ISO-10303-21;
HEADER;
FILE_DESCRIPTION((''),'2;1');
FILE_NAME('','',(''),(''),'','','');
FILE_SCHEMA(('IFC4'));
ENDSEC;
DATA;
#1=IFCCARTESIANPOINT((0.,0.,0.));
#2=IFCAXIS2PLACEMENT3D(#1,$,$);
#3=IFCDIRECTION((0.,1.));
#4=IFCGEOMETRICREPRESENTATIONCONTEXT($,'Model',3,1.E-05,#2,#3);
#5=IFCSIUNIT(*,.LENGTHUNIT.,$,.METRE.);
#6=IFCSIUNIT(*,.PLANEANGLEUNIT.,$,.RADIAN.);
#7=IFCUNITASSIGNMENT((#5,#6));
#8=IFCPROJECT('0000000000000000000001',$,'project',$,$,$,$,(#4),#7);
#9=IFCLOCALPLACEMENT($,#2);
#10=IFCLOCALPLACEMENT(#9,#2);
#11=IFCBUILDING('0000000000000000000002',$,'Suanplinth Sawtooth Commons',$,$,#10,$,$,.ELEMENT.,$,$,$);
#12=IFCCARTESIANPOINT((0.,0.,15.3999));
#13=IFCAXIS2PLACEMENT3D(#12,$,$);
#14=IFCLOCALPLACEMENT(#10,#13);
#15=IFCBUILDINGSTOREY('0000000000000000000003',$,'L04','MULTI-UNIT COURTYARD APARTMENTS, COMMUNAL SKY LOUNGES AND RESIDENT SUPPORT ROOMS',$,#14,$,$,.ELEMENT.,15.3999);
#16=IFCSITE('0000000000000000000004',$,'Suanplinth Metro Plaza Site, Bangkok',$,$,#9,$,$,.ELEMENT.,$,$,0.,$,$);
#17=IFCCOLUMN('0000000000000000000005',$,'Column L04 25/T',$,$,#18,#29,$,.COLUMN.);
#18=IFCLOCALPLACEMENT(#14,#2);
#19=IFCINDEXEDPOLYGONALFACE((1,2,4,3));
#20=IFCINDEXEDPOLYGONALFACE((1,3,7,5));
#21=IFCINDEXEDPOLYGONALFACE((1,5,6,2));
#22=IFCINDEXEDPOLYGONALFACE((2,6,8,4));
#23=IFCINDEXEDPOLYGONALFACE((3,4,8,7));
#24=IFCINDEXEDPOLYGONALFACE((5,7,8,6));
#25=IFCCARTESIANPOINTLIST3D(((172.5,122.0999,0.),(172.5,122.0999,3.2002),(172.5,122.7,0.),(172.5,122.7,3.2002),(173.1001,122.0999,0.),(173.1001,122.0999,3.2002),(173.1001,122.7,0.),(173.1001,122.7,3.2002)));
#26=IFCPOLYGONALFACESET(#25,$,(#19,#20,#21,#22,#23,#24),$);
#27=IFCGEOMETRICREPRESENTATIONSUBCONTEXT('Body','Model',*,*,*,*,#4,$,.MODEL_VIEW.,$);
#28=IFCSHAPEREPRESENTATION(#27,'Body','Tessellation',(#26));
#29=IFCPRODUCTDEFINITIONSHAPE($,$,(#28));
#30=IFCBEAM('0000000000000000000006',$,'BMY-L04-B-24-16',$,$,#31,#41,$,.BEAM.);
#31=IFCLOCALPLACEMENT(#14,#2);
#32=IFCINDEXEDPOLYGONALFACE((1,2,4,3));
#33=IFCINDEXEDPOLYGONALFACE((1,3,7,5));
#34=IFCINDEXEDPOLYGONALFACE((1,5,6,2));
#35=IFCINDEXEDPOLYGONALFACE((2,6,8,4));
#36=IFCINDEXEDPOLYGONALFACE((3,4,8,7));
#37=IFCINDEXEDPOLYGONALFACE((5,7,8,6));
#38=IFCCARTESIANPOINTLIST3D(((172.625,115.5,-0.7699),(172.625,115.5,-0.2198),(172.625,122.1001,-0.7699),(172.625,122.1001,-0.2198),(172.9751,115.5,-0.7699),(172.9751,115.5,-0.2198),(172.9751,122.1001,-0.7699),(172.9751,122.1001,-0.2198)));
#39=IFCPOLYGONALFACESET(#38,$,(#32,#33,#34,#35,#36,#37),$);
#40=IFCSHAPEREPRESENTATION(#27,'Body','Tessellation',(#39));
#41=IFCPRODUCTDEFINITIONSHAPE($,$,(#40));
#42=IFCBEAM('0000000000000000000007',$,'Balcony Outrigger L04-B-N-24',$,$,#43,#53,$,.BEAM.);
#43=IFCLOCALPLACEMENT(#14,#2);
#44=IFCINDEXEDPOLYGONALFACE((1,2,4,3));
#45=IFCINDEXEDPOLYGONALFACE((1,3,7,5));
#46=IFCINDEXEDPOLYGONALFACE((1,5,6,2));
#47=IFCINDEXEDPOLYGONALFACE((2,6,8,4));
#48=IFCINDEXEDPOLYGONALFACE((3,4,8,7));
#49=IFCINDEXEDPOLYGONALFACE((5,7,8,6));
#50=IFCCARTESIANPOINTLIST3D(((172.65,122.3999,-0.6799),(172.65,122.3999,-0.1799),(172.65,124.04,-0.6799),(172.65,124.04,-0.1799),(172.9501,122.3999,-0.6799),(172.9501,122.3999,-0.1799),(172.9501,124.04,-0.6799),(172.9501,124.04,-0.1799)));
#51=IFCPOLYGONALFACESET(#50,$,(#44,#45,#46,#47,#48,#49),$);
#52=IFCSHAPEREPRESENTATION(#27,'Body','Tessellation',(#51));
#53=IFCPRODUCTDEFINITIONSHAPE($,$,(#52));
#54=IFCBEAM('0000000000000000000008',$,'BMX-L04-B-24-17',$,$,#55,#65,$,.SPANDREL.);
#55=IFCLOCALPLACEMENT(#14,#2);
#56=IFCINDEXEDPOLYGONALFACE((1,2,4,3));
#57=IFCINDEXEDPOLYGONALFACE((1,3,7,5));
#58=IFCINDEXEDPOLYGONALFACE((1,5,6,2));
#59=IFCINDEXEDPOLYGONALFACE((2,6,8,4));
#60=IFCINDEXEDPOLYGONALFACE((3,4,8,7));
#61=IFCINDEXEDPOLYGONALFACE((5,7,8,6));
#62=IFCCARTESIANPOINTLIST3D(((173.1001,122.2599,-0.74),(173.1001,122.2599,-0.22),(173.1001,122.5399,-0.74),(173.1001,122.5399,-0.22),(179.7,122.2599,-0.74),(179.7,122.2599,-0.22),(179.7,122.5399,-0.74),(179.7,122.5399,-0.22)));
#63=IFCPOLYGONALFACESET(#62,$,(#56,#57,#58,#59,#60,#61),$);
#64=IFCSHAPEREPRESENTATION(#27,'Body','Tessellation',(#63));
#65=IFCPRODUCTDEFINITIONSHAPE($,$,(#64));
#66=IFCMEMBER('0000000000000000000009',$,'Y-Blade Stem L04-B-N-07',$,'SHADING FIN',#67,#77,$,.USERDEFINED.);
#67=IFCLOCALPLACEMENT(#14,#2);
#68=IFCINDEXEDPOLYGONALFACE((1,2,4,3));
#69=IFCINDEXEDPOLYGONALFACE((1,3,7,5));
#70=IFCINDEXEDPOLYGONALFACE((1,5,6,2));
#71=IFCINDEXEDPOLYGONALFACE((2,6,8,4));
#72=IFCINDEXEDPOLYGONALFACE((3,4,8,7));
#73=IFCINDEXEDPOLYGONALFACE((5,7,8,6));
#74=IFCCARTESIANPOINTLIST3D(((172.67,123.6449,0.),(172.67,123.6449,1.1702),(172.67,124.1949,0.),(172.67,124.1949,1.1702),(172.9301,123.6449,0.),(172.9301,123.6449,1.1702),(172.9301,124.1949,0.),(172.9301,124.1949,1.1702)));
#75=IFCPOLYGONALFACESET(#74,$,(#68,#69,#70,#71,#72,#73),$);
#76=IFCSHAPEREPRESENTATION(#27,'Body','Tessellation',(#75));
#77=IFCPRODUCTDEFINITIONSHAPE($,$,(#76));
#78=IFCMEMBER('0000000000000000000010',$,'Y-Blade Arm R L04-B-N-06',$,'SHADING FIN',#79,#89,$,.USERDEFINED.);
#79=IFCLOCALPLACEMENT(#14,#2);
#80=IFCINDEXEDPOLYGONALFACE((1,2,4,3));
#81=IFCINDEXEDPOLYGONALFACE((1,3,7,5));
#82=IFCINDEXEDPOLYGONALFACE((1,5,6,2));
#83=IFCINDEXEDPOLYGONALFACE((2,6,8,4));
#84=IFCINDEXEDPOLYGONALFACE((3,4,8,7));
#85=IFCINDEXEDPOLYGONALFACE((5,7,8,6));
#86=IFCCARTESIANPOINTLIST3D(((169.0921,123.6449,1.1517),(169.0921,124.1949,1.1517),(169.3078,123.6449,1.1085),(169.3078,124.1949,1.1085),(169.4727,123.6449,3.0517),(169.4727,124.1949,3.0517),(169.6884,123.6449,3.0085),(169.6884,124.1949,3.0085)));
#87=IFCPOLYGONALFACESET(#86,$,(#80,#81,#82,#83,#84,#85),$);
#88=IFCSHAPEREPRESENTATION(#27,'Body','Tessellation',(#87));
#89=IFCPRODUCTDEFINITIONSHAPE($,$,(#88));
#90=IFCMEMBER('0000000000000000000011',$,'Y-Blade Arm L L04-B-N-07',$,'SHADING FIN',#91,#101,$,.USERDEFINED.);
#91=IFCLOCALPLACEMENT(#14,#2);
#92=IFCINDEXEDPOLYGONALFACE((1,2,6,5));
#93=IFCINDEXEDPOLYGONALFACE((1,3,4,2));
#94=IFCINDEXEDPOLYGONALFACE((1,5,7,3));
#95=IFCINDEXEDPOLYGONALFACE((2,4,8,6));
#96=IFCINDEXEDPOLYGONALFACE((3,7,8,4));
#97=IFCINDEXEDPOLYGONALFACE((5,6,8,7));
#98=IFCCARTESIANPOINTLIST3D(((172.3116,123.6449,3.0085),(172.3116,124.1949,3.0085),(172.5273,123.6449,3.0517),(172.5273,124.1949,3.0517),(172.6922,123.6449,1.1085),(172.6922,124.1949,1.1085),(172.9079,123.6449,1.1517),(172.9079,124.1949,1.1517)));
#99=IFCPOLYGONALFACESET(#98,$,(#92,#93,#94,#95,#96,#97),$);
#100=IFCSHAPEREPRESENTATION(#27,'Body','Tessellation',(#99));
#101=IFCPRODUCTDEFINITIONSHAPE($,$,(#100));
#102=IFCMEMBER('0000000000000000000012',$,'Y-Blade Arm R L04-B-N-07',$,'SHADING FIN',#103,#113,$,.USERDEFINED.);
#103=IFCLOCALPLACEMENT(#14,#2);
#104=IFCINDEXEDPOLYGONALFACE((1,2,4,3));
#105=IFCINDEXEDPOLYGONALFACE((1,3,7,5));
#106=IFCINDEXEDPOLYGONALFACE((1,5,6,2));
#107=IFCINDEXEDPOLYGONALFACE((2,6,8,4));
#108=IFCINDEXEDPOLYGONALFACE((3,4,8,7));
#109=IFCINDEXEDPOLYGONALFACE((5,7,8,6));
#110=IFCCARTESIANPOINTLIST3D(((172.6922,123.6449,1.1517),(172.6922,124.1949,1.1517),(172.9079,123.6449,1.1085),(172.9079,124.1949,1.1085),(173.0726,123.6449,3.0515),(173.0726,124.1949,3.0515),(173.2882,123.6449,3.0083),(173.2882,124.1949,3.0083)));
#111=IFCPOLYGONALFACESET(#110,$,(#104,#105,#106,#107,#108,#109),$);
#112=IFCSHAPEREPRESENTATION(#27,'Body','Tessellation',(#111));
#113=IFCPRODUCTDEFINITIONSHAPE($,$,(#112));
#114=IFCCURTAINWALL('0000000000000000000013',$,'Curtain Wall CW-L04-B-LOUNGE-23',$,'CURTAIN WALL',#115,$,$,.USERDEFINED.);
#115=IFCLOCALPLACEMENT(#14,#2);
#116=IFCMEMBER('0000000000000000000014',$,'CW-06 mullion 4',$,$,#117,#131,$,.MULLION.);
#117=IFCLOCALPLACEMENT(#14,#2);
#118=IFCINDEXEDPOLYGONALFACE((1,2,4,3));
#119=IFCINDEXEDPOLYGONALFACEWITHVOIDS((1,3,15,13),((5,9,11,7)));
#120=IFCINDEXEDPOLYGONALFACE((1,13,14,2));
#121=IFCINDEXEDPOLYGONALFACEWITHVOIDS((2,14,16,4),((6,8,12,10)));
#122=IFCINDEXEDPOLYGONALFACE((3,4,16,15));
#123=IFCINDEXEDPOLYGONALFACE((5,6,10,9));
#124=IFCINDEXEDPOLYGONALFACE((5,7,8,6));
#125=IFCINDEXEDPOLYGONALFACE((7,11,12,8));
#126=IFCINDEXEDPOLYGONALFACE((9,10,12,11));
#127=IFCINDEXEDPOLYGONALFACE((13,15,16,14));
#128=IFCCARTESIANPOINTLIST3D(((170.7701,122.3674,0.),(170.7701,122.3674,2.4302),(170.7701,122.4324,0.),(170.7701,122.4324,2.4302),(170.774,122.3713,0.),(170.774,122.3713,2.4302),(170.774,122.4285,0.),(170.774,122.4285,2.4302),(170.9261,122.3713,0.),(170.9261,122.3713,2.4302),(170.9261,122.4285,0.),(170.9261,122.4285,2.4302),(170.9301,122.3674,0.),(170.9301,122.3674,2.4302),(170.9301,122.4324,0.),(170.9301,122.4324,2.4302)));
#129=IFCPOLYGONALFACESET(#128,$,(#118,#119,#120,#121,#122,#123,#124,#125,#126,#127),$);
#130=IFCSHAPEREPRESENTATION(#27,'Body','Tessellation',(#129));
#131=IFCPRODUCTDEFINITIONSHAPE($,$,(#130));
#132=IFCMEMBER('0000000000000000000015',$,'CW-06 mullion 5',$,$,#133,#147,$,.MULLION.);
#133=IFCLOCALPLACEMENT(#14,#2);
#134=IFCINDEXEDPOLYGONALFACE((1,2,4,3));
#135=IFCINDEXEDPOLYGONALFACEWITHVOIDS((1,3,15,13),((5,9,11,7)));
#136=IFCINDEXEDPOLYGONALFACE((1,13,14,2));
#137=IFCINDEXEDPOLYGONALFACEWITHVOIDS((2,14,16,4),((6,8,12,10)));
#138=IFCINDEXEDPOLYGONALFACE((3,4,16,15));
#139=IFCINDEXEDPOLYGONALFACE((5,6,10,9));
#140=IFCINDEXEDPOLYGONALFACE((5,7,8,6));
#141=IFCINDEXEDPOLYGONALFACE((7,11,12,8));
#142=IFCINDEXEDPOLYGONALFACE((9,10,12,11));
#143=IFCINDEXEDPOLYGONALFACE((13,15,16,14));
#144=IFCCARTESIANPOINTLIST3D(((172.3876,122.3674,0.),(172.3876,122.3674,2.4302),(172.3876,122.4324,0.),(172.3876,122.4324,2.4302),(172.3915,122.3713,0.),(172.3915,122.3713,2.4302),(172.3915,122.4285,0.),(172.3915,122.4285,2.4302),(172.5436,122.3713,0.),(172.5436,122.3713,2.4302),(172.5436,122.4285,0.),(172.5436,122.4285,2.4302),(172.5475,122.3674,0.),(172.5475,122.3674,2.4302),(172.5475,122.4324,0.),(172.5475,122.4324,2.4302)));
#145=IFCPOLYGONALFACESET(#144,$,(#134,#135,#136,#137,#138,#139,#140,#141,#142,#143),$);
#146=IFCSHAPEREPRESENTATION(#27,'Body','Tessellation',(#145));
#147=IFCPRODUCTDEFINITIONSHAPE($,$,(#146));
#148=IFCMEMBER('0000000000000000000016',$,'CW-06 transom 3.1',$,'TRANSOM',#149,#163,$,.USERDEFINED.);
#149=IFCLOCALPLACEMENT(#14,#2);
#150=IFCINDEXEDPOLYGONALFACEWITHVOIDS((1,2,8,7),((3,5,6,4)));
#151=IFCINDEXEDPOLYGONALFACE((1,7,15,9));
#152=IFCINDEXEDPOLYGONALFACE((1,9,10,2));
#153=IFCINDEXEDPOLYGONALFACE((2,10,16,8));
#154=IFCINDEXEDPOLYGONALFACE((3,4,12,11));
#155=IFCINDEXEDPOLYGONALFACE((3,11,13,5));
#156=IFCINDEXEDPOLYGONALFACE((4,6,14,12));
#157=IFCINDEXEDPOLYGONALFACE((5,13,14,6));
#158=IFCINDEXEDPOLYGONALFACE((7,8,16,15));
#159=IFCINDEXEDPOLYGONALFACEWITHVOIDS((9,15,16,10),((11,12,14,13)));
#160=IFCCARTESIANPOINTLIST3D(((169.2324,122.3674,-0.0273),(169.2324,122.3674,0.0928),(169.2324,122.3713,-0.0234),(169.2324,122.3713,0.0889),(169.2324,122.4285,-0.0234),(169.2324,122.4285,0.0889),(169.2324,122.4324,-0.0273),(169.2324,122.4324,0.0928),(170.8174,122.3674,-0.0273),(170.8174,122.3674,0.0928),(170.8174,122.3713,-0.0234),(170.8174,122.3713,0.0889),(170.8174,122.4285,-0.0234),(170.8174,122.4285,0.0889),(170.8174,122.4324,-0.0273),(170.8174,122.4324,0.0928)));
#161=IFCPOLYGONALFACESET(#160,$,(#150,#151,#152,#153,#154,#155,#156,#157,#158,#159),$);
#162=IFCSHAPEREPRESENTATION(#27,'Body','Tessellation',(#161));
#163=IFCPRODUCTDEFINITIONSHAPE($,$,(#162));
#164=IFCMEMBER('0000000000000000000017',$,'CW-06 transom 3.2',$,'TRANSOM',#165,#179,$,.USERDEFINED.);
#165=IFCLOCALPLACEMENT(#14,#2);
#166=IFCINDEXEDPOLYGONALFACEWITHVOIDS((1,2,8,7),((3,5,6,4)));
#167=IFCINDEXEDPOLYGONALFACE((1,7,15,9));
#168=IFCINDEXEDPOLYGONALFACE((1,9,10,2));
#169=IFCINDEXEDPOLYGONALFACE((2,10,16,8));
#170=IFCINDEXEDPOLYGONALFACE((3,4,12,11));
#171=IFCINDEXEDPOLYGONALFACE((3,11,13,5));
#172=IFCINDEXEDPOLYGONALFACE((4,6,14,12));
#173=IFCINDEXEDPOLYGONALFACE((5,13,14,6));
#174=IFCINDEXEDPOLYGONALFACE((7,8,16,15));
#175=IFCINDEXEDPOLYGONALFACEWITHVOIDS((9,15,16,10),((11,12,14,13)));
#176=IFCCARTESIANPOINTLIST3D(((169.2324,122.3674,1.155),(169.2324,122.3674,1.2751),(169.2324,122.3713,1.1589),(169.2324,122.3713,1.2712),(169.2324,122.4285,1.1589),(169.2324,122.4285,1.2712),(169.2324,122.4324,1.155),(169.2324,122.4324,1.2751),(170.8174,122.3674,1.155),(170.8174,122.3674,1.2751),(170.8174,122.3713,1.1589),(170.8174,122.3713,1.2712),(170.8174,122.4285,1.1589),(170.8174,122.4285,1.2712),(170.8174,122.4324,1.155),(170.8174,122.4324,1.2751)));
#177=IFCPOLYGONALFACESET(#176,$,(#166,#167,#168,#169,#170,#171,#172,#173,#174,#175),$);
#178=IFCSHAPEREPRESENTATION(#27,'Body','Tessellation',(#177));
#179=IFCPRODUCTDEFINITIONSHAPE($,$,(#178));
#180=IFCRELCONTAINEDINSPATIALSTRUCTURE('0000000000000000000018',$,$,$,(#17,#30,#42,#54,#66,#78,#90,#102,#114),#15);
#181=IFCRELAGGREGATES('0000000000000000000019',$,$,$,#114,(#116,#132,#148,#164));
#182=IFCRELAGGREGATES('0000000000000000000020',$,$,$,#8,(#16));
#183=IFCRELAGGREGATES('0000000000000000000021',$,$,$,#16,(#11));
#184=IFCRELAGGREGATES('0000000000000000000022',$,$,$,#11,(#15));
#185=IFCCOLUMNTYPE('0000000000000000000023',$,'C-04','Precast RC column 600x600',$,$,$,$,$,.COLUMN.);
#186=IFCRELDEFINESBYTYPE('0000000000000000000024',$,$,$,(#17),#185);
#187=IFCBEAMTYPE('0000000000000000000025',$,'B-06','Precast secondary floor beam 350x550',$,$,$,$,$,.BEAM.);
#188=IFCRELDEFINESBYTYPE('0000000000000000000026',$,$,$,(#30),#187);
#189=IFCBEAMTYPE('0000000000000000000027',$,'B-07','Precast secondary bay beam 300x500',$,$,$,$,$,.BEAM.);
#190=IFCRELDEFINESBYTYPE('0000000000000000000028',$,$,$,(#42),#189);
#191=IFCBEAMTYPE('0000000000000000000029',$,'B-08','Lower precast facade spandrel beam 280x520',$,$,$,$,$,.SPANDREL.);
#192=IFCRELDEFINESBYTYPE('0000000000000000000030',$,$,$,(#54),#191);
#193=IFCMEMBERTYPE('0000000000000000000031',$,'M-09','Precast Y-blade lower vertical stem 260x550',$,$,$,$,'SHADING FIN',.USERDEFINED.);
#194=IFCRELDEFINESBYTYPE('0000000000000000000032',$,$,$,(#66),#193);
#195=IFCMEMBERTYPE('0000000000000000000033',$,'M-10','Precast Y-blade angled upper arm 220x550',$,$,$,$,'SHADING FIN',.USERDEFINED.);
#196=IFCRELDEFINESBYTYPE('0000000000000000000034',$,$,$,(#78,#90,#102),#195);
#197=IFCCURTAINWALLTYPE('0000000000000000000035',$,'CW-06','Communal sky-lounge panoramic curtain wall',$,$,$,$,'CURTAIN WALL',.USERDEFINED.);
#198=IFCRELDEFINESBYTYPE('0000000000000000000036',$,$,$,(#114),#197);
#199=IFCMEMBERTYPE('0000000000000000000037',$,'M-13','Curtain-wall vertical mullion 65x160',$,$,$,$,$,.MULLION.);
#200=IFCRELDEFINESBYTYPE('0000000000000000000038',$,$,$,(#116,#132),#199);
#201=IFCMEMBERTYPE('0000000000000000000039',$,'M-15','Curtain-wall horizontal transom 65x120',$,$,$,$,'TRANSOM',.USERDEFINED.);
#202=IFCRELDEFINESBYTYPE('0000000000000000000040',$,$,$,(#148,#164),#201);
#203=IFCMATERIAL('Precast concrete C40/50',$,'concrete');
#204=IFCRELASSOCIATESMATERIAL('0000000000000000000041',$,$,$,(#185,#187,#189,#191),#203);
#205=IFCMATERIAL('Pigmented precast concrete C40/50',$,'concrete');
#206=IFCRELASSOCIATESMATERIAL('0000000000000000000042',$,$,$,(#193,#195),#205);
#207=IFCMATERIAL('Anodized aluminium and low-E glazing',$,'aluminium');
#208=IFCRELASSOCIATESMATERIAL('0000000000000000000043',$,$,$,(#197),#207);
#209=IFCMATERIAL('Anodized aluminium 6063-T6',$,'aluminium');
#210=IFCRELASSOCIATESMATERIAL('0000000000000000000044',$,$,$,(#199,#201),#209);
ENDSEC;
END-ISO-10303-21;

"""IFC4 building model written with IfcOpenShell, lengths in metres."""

from ifc_helpers import new_model, si_unit, direction, frame, origin, origin_2d, place, context, subcontext, project, spatial, rectangle, hollow_rectangle, extrude, material, material_profile, profile_set, type_object, element, aggregate, save


model = new_model("IFC4")

# Units and contexts
model_context = context("Model", 3, precision=1e-05, world=origin(), true_north=direction((0.0, 1.0)))
body_context = subcontext(model_context, "Body", "Model", "MODEL_VIEW")
ifc_project = project(units=[si_unit("LENGTHUNIT", "METRE"), si_unit("PLANEANGLEUNIT", "RADIAN")], contexts=[model_context])

# Site, building, storey
site_placement = place(None, origin())
site = spatial("IfcSite", under=ifc_project, at=site_placement, Name="Suanplinth Metro Plaza Site, Bangkok", CompositionType="ELEMENT", RefElevation=0.0)
building_placement = place(site_placement, origin())
building = spatial("IfcBuilding", under=site, at=building_placement, Name="Suanplinth Sawtooth Commons", CompositionType="ELEMENT")
storey_placement = place(building_placement, frame((0.0, 0.0, 15.3999)))
storey = spatial("IfcBuildingStorey", under=building, at=storey_placement, Name="L04", Description="MULTI-UNIT COURTYARD APARTMENTS, COMMUNAL SKY LOUNGES AND RESIDENT SUPPORT ROOMS", CompositionType="ELEMENT", Elevation=15.3999)

# Column
ifc_material_1 = material(Name="Precast concrete C40/50", Category="concrete")
ifc_material_profile_1 = material_profile(ifc_material_1, rectangle(XDim=0.6001, YDim=0.6001, at=origin_2d()), Name="PC-COL 600x600")
ifc_profile_set_1 = profile_set([ifc_material_profile_1], Name="Precast concrete C40/50")
column_type = type_object("IfcColumnType", Name="C-04", Description="Precast RC column 600x600", PredefinedType="COLUMN", material=ifc_profile_set_1)
column_placement = place(storey_placement, frame((172.8, 122.3999, 0.0), z_axis=(0.0, 0.0, 1.0), x_axis=(1.0, 0.0, 0.0)))
element("IfcColumn", 1, at=column_placement, inside=storey, type_object=column_type, Name="Column L04 25/T", PredefinedType="COLUMN", context=body_context, shape_type="SweptSolid", body=[
    extrude(rectangle(XDim=0.6001, YDim=0.6001, at=origin_2d()), origin(), (0.0, 0.0, 1.0), 3.2002),
])

# Beams
ifc_material_profile_2 = material_profile(ifc_material_1, rectangle(XDim=0.3501, YDim=0.55, at=origin_2d()), Name="PC-BM 350x550")
ifc_profile_set_2 = profile_set([ifc_material_profile_2], Name="Precast concrete C40/50")
beam_type_1 = type_object("IfcBeamType", Name="B-06", Description="Precast secondary floor beam 350x550", PredefinedType="BEAM", material=ifc_profile_set_2)
beam_1_placement = place(storey_placement, frame((172.8, 115.5, -0.4949), z_axis=(0.0, 1.0, 0.0), x_axis=(-1.0, 0.0, 0.0)))
element("IfcBeam", 2, at=beam_1_placement, inside=storey, type_object=beam_type_1, Name="BMY-L04-B-24-16", PredefinedType="BEAM", context=body_context, shape_type="SweptSolid", body=[
    extrude(rectangle(XDim=0.3501, YDim=0.55, at=origin_2d()), origin(), (0.0, 0.0, 1.0), 6.6001),
])
ifc_material_profile_3 = material_profile(ifc_material_1, rectangle(XDim=0.3, YDim=0.5, at=origin_2d()), Name="PC-BM 300x500")
ifc_profile_set_3 = profile_set([ifc_material_profile_3], Name="Precast concrete C40/50")
beam_type_2 = type_object("IfcBeamType", Name="B-07", Description="Precast secondary bay beam 300x500", PredefinedType="BEAM", material=ifc_profile_set_3)
beam_2_placement = place(storey_placement, frame((172.8, 122.3999, -0.4299), z_axis=(0.0, 1.0, 0.0), x_axis=(-1.0, 0.0, 0.0)))
element("IfcBeam", 3, at=beam_2_placement, inside=storey, type_object=beam_type_2, Name="Balcony Outrigger L04-B-N-24", PredefinedType="BEAM", context=body_context, shape_type="SweptSolid", body=[
    extrude(rectangle(XDim=0.3, YDim=0.5, at=origin_2d()), origin(), (0.0, 0.0, 1.0), 1.6401),
])
ifc_material_profile_4 = material_profile(ifc_material_1, rectangle(XDim=0.28, YDim=0.52, at=origin_2d()), Name="PC-SP 280x520")
ifc_profile_set_4 = profile_set([ifc_material_profile_4], Name="Precast concrete C40/50")
beam_type_3 = type_object("IfcBeamType", Name="B-08", Description="Lower precast facade spandrel beam 280x520", PredefinedType="SPANDREL", material=ifc_profile_set_4)
beam_3_placement = place(storey_placement, frame((173.1001, 122.3999, -0.48), z_axis=(1.0, 0.0, 0.0), x_axis=(0.0, 1.0, 0.0)))
element("IfcBeam", 4, at=beam_3_placement, inside=storey, type_object=beam_type_3, Name="BMX-L04-B-24-17", PredefinedType="SPANDREL", context=body_context, shape_type="SweptSolid", body=[
    extrude(rectangle(XDim=0.28, YDim=0.52, at=origin_2d()), origin(), (0.0, 0.0, 1.0), 6.5999),
])

# Members
ifc_material_2 = material(Name="Pigmented precast concrete C40/50", Category="concrete")
ifc_material_profile_5 = material_profile(ifc_material_2, rectangle(XDim=0.26, YDim=0.55, at=origin_2d()), Name="PC-FIN 260x550")
ifc_profile_set_5 = profile_set([ifc_material_profile_5], Name="Pigmented precast concrete C40/50")
member_type_1 = type_object("IfcMemberType", Name="M-09", Description="Precast Y-blade lower vertical stem 260x550", ElementType="SHADING FIN", PredefinedType="USERDEFINED", material=ifc_profile_set_5)
member_1_placement = place(storey_placement, frame((172.8, 123.9199, 0.0), z_axis=(0.0, 0.0, 1.0), x_axis=(1.0, 0.0, 0.0)))
element("IfcMember", 5, at=member_1_placement, inside=storey, type_object=member_type_1, Name="Y-Blade Stem L04-B-N-07", ObjectType="SHADING FIN", PredefinedType="USERDEFINED", context=body_context, shape_type="SweptSolid", body=[
    extrude(rectangle(XDim=0.26, YDim=0.55, at=origin_2d()), origin(), (0.0, 0.0, 1.0), 1.1702),
])
ifc_material_profile_6 = material_profile(ifc_material_2, rectangle(XDim=0.22, YDim=0.55, at=origin_2d()), Name="PC-FIN 220x550")
ifc_profile_set_6 = profile_set([ifc_material_profile_6], Name="Pigmented precast concrete C40/50")
member_type_2 = type_object("IfcMemberType", Name="M-10", Description="Precast Y-blade angled upper arm 220x550", ElementType="SHADING FIN", PredefinedType="USERDEFINED", material=ifc_profile_set_6)
for number, where, z_axis, x_axis, name in (
    (6, (169.2, 123.9199, 1.1301), (0.196431, 0.0, 0.980518), (-0.980518, 0.0, 0.196431), "Y-Blade Arm R L04-B-N-06"),
    (7, (172.8, 123.9199, 1.1301), (-0.196431, 0.0, 0.980518), (0.980518, 0.0, 0.196431), "Y-Blade Arm L L04-B-N-07"),
):
    element("IfcMember", number, at=place(storey_placement, frame(where, z_axis=z_axis, x_axis=x_axis)), inside=storey, type_object=member_type_2, Name=name, ObjectType="SHADING FIN", PredefinedType="USERDEFINED", context=body_context, shape_type="SweptSolid", body=[
        extrude(rectangle(XDim=0.22, YDim=0.55, at=origin_2d()), origin(), (0.0, 0.0, 1.0), 1.9377),
    ])
member_2_placement = place(storey_placement, frame((172.8, 123.9199, 1.1301), z_axis=(0.19631, 0.0, 0.980542), x_axis=(-0.980542, 0.0, 0.19631)))
element("IfcMember", 8, at=member_2_placement, inside=storey, type_object=member_type_2, Name="Y-Blade Arm R L04-B-N-07", ObjectType="SHADING FIN", PredefinedType="USERDEFINED", context=body_context, shape_type="SweptSolid", body=[
    extrude(rectangle(XDim=0.22, YDim=0.55, at=origin_2d()), origin(), (0.0, 0.0, 1.0), 1.9375),
])

# Curtain wall, members
ifc_material_3 = material(Name="Anodized aluminium and low-E glazing", Category="aluminium")
curtain_wall_type = type_object("IfcCurtainWallType", Name="CW-06", Description="Communal sky-lounge panoramic curtain wall", ElementType="CURTAIN WALL", PredefinedType="USERDEFINED", material=ifc_material_3)
curtain_wall_placement = place(storey_placement, origin())
curtain_wall = element("IfcCurtainWall", 9, at=curtain_wall_placement, inside=storey, type_object=curtain_wall_type, Name="Curtain Wall CW-L04-B-LOUNGE-23", ObjectType="CURTAIN WALL", PredefinedType="USERDEFINED")
ifc_material_4 = material(Name="Anodized aluminium 6063-T6", Category="aluminium")
ifc_material_profile_7 = material_profile(ifc_material_4, hollow_rectangle(XDim=0.0649, YDim=0.1599, WallThickness=0.0039, at=origin_2d()), Name="ALU-MUL 65x160")
ifc_profile_set_7 = profile_set([ifc_material_profile_7], Name="Anodized aluminium 6063-T6")
member_type_3 = type_object("IfcMemberType", Name="M-13", Description="Curtain-wall vertical mullion 65x160", PredefinedType="MULLION", material=ifc_profile_set_7)
member_3_placement = place(storey_placement, frame((170.8501, 122.3999, 0.0), z_axis=(0.0, 0.0, 1.0), x_axis=(0.0, 1.0, 0.0)))
member_3 = element("IfcMember", 10, at=member_3_placement, type_object=member_type_3, Name="CW-06 mullion 4", PredefinedType="MULLION", context=body_context, shape_type="SweptSolid", body=[
    extrude(hollow_rectangle(XDim=0.0649, YDim=0.1599, WallThickness=0.0039, at=origin_2d()), origin(), (0.0, 0.0, 1.0), 2.4302),
])
member_4_placement = place(storey_placement, frame((172.4675, 122.3999, 0.0), z_axis=(0.0, 0.0, 1.0), x_axis=(0.0, 1.0, 0.0)))
member_4 = element("IfcMember", 11, at=member_4_placement, type_object=member_type_3, Name="CW-06 mullion 5", PredefinedType="MULLION", context=body_context, shape_type="SweptSolid", body=[
    extrude(hollow_rectangle(XDim=0.0649, YDim=0.1599, WallThickness=0.0039, at=origin_2d()), origin(), (0.0, 0.0, 1.0), 2.4302),
])
ifc_material_profile_8 = material_profile(ifc_material_4, hollow_rectangle(XDim=0.0649, YDim=0.1201, WallThickness=0.0039, at=origin_2d()), Name="ALU-TRN 65x120")
ifc_profile_set_8 = profile_set([ifc_material_profile_8], Name="Anodized aluminium 6063-T6")
member_type_4 = type_object("IfcMemberType", Name="M-15", Description="Curtain-wall horizontal transom 65x120", ElementType="TRANSOM", PredefinedType="USERDEFINED", material=ifc_profile_set_8)
member_5_placement = place(storey_placement, frame((169.2324, 122.3999, 0.0327), z_axis=(1.0, 0.0, 0.0), x_axis=(0.0, 1.0, 0.0)))
member_5 = element("IfcMember", 12, at=member_5_placement, type_object=member_type_4, Name="CW-06 transom 3.1", ObjectType="TRANSOM", PredefinedType="USERDEFINED", context=body_context, shape_type="SweptSolid", body=[
    extrude(hollow_rectangle(XDim=0.0649, YDim=0.1201, WallThickness=0.0039, at=origin_2d()), origin(), (0.0, 0.0, 1.0), 1.585),
])
member_6_placement = place(storey_placement, frame((169.2324, 122.3999, 1.2151), z_axis=(1.0, 0.0, 0.0), x_axis=(0.0, 1.0, 0.0)))
member_6 = element("IfcMember", 13, at=member_6_placement, type_object=member_type_4, Name="CW-06 transom 3.2", ObjectType="TRANSOM", PredefinedType="USERDEFINED", context=body_context, shape_type="SweptSolid", body=[
    extrude(hollow_rectangle(XDim=0.0649, YDim=0.1201, WallThickness=0.0039, at=origin_2d()), origin(), (0.0, 0.0, 1.0), 1.585),
])

aggregate(curtain_wall, [member_3, member_4, member_5, member_6])

save(model, "model.ifc")
